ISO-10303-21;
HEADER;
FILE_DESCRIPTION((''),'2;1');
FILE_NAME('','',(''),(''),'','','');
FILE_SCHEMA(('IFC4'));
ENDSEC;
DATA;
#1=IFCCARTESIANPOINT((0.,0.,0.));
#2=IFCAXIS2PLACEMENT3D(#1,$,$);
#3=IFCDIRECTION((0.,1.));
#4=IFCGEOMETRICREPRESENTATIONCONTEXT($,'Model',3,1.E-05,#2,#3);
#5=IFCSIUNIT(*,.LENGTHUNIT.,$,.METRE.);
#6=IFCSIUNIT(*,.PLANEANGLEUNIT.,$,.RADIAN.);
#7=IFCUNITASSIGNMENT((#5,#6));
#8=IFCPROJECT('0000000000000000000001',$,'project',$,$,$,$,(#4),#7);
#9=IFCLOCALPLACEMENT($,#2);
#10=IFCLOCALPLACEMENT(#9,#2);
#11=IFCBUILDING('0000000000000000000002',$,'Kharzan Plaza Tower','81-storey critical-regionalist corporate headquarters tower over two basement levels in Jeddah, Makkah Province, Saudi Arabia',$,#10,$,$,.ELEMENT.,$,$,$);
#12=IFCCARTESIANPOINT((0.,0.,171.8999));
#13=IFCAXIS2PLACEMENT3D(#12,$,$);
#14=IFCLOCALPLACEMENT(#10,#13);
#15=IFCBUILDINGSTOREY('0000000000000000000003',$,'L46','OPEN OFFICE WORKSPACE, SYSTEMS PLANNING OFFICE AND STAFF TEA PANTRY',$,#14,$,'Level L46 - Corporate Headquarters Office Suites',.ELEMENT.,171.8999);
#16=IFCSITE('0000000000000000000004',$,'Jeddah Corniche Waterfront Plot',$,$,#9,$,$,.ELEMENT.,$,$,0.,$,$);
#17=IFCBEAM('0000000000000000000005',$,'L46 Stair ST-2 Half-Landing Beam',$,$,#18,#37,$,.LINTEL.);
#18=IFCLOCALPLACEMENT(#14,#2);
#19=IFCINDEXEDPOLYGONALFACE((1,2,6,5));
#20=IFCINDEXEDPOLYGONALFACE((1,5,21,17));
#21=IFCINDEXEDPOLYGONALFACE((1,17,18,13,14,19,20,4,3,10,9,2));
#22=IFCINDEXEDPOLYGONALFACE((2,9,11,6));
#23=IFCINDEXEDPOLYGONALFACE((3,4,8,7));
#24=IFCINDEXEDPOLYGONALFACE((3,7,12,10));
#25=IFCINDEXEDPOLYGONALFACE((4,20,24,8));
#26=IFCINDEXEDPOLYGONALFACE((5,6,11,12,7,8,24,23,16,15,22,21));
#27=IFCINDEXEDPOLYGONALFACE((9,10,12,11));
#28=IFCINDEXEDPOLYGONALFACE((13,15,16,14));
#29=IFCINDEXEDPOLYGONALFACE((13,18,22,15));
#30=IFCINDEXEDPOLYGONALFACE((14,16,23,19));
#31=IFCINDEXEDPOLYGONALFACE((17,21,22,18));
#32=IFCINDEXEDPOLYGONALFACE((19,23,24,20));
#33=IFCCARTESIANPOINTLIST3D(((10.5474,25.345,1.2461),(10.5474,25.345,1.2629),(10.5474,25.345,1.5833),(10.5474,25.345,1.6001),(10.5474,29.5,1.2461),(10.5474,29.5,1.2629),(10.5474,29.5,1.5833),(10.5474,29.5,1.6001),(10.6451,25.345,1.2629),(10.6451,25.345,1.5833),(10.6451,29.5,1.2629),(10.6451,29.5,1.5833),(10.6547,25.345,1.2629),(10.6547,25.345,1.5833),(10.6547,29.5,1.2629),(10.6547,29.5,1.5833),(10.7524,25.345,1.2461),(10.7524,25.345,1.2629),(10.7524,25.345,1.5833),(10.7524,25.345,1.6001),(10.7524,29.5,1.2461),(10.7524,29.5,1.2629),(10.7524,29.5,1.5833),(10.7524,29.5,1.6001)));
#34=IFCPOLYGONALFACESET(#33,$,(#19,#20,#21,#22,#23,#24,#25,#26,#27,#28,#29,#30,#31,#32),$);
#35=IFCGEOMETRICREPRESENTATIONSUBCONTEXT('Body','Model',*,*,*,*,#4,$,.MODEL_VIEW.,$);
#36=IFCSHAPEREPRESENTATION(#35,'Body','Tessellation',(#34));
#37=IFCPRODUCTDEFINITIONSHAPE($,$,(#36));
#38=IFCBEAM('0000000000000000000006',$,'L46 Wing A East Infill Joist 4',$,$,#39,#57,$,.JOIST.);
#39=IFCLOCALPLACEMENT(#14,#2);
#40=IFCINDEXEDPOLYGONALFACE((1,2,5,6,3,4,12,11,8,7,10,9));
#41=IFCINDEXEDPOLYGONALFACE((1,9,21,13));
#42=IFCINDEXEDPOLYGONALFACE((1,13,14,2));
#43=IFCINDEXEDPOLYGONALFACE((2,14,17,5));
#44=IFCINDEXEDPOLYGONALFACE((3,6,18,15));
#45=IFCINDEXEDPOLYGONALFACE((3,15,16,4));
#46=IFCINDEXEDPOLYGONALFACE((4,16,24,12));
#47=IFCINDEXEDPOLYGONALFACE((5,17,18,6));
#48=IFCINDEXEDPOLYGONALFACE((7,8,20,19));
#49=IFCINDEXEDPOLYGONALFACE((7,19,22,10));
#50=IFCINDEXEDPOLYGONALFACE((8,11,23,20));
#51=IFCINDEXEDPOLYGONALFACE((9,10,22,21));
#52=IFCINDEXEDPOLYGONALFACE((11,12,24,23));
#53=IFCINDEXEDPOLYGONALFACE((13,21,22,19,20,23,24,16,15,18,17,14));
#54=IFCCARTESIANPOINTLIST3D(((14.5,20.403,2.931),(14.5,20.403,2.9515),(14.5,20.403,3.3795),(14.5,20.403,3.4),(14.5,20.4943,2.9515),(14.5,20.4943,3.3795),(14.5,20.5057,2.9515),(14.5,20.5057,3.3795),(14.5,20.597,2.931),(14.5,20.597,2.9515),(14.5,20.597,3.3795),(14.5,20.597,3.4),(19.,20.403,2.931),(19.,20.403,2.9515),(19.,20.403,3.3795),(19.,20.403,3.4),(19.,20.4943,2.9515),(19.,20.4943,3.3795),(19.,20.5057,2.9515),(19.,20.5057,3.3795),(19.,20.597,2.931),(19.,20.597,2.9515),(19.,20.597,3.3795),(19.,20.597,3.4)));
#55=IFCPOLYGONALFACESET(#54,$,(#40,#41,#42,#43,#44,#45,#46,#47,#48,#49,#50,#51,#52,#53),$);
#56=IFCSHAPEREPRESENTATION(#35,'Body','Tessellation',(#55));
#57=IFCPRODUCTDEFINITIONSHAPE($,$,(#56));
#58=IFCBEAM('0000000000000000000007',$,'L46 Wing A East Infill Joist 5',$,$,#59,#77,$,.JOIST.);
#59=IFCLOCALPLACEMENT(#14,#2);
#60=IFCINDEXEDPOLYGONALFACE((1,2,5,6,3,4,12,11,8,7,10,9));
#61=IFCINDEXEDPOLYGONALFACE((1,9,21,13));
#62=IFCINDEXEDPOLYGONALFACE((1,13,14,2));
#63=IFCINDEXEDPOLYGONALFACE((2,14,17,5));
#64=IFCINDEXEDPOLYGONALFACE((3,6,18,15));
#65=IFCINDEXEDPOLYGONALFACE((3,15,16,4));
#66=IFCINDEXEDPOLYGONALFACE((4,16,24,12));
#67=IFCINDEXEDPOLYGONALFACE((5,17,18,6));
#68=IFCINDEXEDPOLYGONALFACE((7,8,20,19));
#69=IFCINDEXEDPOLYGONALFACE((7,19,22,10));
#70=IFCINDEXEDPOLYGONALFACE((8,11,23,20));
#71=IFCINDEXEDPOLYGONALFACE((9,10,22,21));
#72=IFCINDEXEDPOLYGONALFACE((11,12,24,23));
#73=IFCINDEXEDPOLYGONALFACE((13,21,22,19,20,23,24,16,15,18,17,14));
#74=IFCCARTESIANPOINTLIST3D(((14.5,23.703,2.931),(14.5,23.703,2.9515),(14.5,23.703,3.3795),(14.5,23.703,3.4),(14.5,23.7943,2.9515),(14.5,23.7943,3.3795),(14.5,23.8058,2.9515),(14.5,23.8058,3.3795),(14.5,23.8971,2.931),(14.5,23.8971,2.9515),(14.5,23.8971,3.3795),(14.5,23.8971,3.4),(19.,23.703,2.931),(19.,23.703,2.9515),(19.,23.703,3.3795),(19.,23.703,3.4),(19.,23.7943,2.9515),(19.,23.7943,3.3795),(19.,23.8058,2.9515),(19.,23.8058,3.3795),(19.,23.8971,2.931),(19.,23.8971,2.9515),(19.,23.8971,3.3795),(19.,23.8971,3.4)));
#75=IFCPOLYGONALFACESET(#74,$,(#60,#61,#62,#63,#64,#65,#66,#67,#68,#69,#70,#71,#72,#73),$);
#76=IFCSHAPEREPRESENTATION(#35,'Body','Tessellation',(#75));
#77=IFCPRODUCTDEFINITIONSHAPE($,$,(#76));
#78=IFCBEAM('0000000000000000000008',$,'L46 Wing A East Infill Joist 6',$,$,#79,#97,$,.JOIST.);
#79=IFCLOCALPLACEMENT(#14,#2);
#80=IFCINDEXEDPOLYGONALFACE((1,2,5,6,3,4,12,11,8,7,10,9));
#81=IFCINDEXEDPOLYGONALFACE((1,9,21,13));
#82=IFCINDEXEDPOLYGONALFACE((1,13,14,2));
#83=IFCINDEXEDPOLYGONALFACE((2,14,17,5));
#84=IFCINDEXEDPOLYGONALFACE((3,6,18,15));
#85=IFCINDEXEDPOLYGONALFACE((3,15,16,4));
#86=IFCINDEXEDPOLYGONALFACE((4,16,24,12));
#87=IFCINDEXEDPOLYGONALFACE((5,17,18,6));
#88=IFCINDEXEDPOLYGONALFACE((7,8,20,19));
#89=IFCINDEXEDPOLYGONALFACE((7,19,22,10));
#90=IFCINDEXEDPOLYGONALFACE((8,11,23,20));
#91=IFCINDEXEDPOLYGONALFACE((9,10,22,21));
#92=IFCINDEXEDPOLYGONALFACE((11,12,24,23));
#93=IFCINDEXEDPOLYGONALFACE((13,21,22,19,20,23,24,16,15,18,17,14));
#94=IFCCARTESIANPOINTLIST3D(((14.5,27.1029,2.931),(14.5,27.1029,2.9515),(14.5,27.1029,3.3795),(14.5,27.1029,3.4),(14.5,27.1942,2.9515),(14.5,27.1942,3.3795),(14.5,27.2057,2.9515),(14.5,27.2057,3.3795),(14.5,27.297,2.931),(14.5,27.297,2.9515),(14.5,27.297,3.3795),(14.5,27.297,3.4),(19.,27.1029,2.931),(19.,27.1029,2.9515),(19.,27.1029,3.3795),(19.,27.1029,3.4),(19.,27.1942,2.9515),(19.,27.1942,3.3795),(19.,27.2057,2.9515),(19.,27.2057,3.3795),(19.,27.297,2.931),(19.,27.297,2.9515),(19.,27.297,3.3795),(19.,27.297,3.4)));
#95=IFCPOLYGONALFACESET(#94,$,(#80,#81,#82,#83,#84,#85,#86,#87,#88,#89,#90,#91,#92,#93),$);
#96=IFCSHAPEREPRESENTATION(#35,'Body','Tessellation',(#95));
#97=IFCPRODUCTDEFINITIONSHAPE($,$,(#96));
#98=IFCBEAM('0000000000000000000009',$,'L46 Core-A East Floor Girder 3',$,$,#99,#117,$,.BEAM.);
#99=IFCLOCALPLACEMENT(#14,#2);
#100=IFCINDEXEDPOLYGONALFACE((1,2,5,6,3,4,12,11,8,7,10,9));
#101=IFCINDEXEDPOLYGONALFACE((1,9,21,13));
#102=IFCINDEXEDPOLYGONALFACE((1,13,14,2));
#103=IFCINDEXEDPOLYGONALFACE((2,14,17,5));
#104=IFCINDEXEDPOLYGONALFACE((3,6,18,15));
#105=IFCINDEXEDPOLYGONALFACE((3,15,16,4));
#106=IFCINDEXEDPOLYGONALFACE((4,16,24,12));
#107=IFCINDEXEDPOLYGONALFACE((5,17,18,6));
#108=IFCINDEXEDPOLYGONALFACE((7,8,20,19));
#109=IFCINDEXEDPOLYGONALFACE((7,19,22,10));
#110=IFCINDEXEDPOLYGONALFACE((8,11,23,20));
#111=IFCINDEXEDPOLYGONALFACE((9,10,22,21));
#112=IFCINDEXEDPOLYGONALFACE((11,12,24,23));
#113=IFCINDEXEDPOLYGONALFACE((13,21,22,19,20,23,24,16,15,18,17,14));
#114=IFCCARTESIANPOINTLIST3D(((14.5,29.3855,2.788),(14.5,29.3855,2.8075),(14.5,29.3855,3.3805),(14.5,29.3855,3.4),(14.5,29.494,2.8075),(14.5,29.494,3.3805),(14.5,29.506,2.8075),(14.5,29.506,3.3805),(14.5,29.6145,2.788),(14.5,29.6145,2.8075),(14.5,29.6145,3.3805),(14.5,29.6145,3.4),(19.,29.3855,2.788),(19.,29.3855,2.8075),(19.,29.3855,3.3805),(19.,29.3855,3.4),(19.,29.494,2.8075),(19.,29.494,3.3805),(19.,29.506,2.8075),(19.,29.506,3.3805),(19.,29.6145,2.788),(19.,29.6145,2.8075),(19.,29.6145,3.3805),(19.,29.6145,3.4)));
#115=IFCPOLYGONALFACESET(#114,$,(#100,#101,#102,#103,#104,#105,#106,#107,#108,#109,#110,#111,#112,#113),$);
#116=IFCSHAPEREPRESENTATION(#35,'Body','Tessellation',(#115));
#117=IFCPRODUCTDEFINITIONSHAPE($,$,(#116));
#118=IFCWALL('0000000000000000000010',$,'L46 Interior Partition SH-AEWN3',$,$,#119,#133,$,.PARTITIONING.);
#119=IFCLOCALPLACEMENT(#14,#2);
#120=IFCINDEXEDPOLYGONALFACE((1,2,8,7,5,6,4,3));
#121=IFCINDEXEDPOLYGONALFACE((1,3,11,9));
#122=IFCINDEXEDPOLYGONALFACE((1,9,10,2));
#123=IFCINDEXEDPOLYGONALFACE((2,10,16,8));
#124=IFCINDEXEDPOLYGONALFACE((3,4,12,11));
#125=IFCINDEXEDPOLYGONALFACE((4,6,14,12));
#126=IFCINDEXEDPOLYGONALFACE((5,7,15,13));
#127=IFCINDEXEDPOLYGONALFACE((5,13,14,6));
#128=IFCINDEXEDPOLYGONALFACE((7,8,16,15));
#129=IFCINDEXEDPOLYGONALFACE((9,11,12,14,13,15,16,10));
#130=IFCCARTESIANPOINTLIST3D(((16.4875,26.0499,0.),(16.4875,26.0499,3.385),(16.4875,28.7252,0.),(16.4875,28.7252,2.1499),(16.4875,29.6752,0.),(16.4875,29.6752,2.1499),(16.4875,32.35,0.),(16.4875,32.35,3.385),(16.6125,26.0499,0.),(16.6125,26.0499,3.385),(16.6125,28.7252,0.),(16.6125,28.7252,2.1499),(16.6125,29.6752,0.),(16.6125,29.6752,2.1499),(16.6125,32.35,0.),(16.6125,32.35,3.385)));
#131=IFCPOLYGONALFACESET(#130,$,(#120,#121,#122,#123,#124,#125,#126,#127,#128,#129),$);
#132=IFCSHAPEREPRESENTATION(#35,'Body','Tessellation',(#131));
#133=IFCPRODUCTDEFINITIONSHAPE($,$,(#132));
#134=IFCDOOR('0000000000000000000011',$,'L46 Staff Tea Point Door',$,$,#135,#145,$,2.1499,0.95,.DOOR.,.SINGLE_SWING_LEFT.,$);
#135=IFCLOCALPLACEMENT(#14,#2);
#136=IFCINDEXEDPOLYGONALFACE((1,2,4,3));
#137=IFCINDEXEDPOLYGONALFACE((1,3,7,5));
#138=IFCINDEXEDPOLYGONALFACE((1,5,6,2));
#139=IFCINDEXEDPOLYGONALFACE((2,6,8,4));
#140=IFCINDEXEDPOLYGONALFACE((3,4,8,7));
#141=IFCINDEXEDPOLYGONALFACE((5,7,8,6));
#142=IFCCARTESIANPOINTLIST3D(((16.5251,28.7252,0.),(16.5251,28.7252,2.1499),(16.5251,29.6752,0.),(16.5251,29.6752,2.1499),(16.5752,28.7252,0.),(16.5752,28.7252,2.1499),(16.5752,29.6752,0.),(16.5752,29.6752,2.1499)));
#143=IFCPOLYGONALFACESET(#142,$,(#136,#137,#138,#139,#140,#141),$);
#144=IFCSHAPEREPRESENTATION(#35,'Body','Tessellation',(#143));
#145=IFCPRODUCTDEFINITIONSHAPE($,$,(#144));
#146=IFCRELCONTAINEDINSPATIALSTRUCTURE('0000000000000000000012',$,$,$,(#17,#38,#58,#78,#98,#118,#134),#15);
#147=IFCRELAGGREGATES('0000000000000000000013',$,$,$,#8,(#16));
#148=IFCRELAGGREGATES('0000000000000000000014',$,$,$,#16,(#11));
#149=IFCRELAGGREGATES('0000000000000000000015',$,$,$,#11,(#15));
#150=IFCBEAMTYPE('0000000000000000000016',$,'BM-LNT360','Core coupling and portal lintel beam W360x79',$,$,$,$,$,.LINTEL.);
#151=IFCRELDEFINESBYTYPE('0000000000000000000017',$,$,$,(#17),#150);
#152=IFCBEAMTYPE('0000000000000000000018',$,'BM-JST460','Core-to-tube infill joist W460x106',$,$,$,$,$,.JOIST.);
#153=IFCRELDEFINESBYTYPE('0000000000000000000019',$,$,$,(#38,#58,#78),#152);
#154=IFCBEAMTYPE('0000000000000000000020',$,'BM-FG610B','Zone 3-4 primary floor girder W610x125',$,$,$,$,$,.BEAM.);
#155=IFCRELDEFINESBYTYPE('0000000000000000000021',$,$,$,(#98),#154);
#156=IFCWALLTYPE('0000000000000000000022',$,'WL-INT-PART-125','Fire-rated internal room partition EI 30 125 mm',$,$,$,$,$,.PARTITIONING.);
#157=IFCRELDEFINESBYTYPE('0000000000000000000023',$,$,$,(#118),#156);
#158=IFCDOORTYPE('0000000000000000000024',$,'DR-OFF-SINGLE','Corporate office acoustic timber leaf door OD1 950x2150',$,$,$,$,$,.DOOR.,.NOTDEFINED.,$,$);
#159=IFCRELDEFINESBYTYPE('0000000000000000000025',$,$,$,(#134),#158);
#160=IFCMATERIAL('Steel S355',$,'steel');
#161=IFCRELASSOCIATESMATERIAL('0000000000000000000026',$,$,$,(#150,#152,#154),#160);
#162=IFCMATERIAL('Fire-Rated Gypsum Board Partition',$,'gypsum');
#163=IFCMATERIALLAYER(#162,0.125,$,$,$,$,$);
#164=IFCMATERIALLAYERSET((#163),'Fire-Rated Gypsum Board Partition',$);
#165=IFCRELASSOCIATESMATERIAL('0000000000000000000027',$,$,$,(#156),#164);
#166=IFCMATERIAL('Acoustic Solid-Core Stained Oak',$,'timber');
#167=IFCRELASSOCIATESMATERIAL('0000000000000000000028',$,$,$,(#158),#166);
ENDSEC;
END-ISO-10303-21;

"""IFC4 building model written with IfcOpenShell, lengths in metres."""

from ifc_helpers import new_model, si_unit, direction, frame, frame_2d, origin, origin_2d, place, context, subcontext, project, spatial, rectangle, i_section, extrude, source, transform, mapped, material, layer, layer_set, material_profile, profile_set, type_object, element, fill, save


model = new_model("IFC4")

# Units and contexts
model_context = context("Model", 3, precision=1e-05, world=origin(), true_north=direction((0.0, 1.0)))
body_context = subcontext(model_context, "Body", "Model", "MODEL_VIEW")
ifc_project = project(units=[si_unit("LENGTHUNIT", "METRE"), si_unit("PLANEANGLEUNIT", "RADIAN")], contexts=[model_context])

# Site, building, storey
site_placement = place(None, origin())
site = spatial("IfcSite", under=ifc_project, at=site_placement, Name="Jeddah Corniche Waterfront Plot", CompositionType="ELEMENT", RefElevation=0.0)
building_placement = place(site_placement, origin())
building = spatial("IfcBuilding", under=site, at=building_placement, Name="Kharzan Plaza Tower", Description="81-storey critical-regionalist corporate headquarters tower over two basement levels in Jeddah, Makkah Province, Saudi Arabia", CompositionType="ELEMENT")
storey_placement = place(building_placement, frame((0.0, 0.0, 171.8999)))
storey = spatial("IfcBuildingStorey", under=building, at=storey_placement, Name="L46", Description="OPEN OFFICE WORKSPACE, SYSTEMS PLANNING OFFICE AND STAFF TEA PANTRY", LongName="Level L46 - Corporate Headquarters Office Suites", CompositionType="ELEMENT", Elevation=171.8999)

# Beams
ifc_material_1 = material(Name="Steel S355", Category="steel")
ifc_material_profile_1 = material_profile(ifc_material_1, i_section(OverallWidth=0.2051, OverallDepth=0.354, WebThickness=0.0095, FlangeThickness=0.0168, at=origin_2d()), Name="W360x79")
ifc_profile_set_1 = profile_set([ifc_material_profile_1], Name="Steel S355")
beam_type_1 = type_object("IfcBeamType", Name="BM-LNT360", Description="Core coupling and portal lintel beam W360x79", PredefinedType="LINTEL", material=ifc_profile_set_1)
shared_shape_1 = source(origin(), body_context, "Body", "SweptSolid", [
    extrude(i_section(OverallWidth=0.2051, OverallDepth=0.354, WebThickness=0.0095, FlangeThickness=0.0168, at=origin_2d()), origin(), (0.0, 0.0, 1.0), 4.155),
])
beam_1_placement = place(storey_placement, frame((10.6499, 25.345, 1.4231), z_axis=(0.0, 1.0, 0.0), x_axis=(-1.0, 0.0, 0.0)))
element("IfcBeam", 1, at=beam_1_placement, inside=storey, type_object=beam_type_1, Name="L46 Stair ST-2 Half-Landing Beam", PredefinedType="LINTEL", context=body_context, shape_type="MappedRepresentation", body=[
    mapped(shared_shape_1, transform((0.0, 0.0, 0.0), x_axis=(1.0, 0.0, 0.0), y_axis=(0.0, 1.0, 0.0), z_axis=(0.0, 0.0, 1.0))),
])
ifc_material_profile_2 = material_profile(ifc_material_1, i_section(OverallWidth=0.1941, OverallDepth=0.469, WebThickness=0.0115, FlangeThickness=0.0205, at=origin_2d()), Name="W460x106")
ifc_profile_set_2 = profile_set([ifc_material_profile_2], Name="Steel S355")
beam_type_2 = type_object("IfcBeamType", Name="BM-JST460", Description="Core-to-tube infill joist W460x106", PredefinedType="JOIST", material=ifc_profile_set_2)
shared_shape_2 = source(origin(), body_context, "Body", "SweptSolid", [
    extrude(i_section(OverallWidth=0.1941, OverallDepth=0.469, WebThickness=0.0115, FlangeThickness=0.0205, at=origin_2d()), origin(), (0.0, 0.0, 1.0), 4.5),
])
for number, where, z_axis, x_axis, name in (
    (2, (14.5, 20.5, 3.1655), (1.0, 0.0, 0.0), (0.0, 1.0, 0.0), "L46 Wing A East Infill Joist 4"),
    (3, (14.5, 23.8, 3.1655), (1.0, 0.0, 0.0), (0.0, 1.0, 0.0), "L46 Wing A East Infill Joist 5"),
    (4, (14.5, 27.2, 3.1655), (1.0, 0.0, 0.0), (0.0, 1.0, 0.0), "L46 Wing A East Infill Joist 6"),
):
    element("IfcBeam", number, at=place(storey_placement, frame(where, z_axis=z_axis, x_axis=x_axis)), inside=storey, type_object=beam_type_2, Name=name, PredefinedType="JOIST", context=body_context, shape_type="MappedRepresentation", body=[
        mapped(shared_shape_2, transform((0.0, 0.0, 0.0), x_axis=(1.0, 0.0, 0.0), y_axis=(0.0, 1.0, 0.0), z_axis=(0.0, 0.0, 1.0))),
    ])
ifc_material_profile_3 = material_profile(ifc_material_1, i_section(OverallWidth=0.229, OverallDepth=0.6121, WebThickness=0.012, FlangeThickness=0.0195, at=origin_2d()), Name="W610x125")
ifc_profile_set_3 = profile_set([ifc_material_profile_3], Name="Steel S355")
beam_type_3 = type_object("IfcBeamType", Name="BM-FG610B", Description="Zone 3-4 primary floor girder W610x125", PredefinedType="BEAM", material=ifc_profile_set_3)
shared_shape_3 = source(origin(), body_context, "Body", "SweptSolid", [
    extrude(i_section(OverallWidth=0.229, OverallDepth=0.6121, WebThickness=0.012, FlangeThickness=0.0195, at=origin_2d()), origin(), (0.0, 0.0, 1.0), 4.5),
])
beam_2_placement = place(storey_placement, frame((14.5, 29.5, 3.094), z_axis=(1.0, 0.0, 0.0), x_axis=(0.0, 1.0, 0.0)))
element("IfcBeam", 5, at=beam_2_placement, inside=storey, type_object=beam_type_3, Name="L46 Core-A East Floor Girder 3", PredefinedType="BEAM", context=body_context, shape_type="MappedRepresentation", body=[
    mapped(shared_shape_3, transform((0.0, 0.0, 0.0), x_axis=(1.0, 0.0, 0.0), y_axis=(0.0, 1.0, 0.0), z_axis=(0.0, 0.0, 1.0))),
])

# Wall, opening, door
ifc_material_2 = material(Name="Fire-Rated Gypsum Board Partition", Category="gypsum")
ifc_layer_1 = layer(ifc_material_2, 0.125)
ifc_layer_set_1 = layer_set([ifc_layer_1], Name="Fire-Rated Gypsum Board Partition")
wall_type_1 = type_object("IfcWallType", Name="WL-INT-PART-125", Description="Fire-rated internal room partition EI 30 125 mm", PredefinedType="PARTITIONING", material=ifc_layer_set_1)
wall_1_placement = place(storey_placement, frame((16.55, 26.05, 0.0), z_axis=(0.0, 0.0, 1.0), x_axis=(0.0, 1.0, 0.0)))
wall_1 = element("IfcWall", 6, at=wall_1_placement, inside=storey, type_object=wall_type_1, Name="L46 Interior Partition SH-AEWN3", PredefinedType="PARTITIONING", context=body_context, shape_type="SweptSolid", body=[
    extrude(rectangle(XDim=6.3, YDim=0.125, at=frame_2d((3.1499, 0.0))), origin(), (0.0, 0.0, 1.0), 3.385),
])
opening_1_placement = place(wall_1_placement, frame((2.675, 0.0, 0.0)))
opening_1 = element("IfcOpeningElement", 7, at=opening_1_placement, cuts=wall_1, PredefinedType="OPENING", context=body_context, shape_type="SweptSolid", body=[
    extrude(rectangle(XDim=0.95, YDim=2.1499, at=frame_2d((0.4751, 1.075))), frame((0.0, 0.0725, 0.0), z_axis=(0.0, -1.0, 0.0), x_axis=(1.0, 0.0, 0.0)), (0.0, 0.0, 1.0), 0.145),
])
ifc_material_3 = material(Name="Acoustic Solid-Core Stained Oak", Category="timber")
door_type_1 = type_object("IfcDoorType", Name="DR-OFF-SINGLE", Description="Corporate office acoustic timber leaf door OD1 950x2150", OperationType="NOTDEFINED", PredefinedType="DOOR", material=ifc_material_3)
shared_shape_4 = source(origin(), body_context, "Body", "SweptSolid", [
    extrude(rectangle(XDim=0.95, YDim=2.1499, at=frame_2d((0.4751, 1.075))), frame((0.0, 0.0249, 0.0), z_axis=(0.0, -1.0, 0.0), x_axis=(1.0, 0.0, 0.0)), (0.0, 0.0, 1.0), 0.05),
])
door_1_placement = place(opening_1_placement, origin())
door_1 = element("IfcDoor", 8, at=door_1_placement, inside=storey, type_object=door_type_1, Name="L46 Staff Tea Point Door", OperationType="SINGLE_SWING_LEFT", OverallHeight=2.1499, OverallWidth=0.95, PredefinedType="DOOR", context=body_context, shape_type="MappedRepresentation", body=[
    mapped(shared_shape_4, transform((0.0, 0.0, 0.0), x_axis=(1.0, 0.0, 0.0), y_axis=(0.0, 1.0, 0.0), z_axis=(0.0, 0.0, 1.0))),
])
fill(opening_1, door_1)

save(model, "model.ifc")
